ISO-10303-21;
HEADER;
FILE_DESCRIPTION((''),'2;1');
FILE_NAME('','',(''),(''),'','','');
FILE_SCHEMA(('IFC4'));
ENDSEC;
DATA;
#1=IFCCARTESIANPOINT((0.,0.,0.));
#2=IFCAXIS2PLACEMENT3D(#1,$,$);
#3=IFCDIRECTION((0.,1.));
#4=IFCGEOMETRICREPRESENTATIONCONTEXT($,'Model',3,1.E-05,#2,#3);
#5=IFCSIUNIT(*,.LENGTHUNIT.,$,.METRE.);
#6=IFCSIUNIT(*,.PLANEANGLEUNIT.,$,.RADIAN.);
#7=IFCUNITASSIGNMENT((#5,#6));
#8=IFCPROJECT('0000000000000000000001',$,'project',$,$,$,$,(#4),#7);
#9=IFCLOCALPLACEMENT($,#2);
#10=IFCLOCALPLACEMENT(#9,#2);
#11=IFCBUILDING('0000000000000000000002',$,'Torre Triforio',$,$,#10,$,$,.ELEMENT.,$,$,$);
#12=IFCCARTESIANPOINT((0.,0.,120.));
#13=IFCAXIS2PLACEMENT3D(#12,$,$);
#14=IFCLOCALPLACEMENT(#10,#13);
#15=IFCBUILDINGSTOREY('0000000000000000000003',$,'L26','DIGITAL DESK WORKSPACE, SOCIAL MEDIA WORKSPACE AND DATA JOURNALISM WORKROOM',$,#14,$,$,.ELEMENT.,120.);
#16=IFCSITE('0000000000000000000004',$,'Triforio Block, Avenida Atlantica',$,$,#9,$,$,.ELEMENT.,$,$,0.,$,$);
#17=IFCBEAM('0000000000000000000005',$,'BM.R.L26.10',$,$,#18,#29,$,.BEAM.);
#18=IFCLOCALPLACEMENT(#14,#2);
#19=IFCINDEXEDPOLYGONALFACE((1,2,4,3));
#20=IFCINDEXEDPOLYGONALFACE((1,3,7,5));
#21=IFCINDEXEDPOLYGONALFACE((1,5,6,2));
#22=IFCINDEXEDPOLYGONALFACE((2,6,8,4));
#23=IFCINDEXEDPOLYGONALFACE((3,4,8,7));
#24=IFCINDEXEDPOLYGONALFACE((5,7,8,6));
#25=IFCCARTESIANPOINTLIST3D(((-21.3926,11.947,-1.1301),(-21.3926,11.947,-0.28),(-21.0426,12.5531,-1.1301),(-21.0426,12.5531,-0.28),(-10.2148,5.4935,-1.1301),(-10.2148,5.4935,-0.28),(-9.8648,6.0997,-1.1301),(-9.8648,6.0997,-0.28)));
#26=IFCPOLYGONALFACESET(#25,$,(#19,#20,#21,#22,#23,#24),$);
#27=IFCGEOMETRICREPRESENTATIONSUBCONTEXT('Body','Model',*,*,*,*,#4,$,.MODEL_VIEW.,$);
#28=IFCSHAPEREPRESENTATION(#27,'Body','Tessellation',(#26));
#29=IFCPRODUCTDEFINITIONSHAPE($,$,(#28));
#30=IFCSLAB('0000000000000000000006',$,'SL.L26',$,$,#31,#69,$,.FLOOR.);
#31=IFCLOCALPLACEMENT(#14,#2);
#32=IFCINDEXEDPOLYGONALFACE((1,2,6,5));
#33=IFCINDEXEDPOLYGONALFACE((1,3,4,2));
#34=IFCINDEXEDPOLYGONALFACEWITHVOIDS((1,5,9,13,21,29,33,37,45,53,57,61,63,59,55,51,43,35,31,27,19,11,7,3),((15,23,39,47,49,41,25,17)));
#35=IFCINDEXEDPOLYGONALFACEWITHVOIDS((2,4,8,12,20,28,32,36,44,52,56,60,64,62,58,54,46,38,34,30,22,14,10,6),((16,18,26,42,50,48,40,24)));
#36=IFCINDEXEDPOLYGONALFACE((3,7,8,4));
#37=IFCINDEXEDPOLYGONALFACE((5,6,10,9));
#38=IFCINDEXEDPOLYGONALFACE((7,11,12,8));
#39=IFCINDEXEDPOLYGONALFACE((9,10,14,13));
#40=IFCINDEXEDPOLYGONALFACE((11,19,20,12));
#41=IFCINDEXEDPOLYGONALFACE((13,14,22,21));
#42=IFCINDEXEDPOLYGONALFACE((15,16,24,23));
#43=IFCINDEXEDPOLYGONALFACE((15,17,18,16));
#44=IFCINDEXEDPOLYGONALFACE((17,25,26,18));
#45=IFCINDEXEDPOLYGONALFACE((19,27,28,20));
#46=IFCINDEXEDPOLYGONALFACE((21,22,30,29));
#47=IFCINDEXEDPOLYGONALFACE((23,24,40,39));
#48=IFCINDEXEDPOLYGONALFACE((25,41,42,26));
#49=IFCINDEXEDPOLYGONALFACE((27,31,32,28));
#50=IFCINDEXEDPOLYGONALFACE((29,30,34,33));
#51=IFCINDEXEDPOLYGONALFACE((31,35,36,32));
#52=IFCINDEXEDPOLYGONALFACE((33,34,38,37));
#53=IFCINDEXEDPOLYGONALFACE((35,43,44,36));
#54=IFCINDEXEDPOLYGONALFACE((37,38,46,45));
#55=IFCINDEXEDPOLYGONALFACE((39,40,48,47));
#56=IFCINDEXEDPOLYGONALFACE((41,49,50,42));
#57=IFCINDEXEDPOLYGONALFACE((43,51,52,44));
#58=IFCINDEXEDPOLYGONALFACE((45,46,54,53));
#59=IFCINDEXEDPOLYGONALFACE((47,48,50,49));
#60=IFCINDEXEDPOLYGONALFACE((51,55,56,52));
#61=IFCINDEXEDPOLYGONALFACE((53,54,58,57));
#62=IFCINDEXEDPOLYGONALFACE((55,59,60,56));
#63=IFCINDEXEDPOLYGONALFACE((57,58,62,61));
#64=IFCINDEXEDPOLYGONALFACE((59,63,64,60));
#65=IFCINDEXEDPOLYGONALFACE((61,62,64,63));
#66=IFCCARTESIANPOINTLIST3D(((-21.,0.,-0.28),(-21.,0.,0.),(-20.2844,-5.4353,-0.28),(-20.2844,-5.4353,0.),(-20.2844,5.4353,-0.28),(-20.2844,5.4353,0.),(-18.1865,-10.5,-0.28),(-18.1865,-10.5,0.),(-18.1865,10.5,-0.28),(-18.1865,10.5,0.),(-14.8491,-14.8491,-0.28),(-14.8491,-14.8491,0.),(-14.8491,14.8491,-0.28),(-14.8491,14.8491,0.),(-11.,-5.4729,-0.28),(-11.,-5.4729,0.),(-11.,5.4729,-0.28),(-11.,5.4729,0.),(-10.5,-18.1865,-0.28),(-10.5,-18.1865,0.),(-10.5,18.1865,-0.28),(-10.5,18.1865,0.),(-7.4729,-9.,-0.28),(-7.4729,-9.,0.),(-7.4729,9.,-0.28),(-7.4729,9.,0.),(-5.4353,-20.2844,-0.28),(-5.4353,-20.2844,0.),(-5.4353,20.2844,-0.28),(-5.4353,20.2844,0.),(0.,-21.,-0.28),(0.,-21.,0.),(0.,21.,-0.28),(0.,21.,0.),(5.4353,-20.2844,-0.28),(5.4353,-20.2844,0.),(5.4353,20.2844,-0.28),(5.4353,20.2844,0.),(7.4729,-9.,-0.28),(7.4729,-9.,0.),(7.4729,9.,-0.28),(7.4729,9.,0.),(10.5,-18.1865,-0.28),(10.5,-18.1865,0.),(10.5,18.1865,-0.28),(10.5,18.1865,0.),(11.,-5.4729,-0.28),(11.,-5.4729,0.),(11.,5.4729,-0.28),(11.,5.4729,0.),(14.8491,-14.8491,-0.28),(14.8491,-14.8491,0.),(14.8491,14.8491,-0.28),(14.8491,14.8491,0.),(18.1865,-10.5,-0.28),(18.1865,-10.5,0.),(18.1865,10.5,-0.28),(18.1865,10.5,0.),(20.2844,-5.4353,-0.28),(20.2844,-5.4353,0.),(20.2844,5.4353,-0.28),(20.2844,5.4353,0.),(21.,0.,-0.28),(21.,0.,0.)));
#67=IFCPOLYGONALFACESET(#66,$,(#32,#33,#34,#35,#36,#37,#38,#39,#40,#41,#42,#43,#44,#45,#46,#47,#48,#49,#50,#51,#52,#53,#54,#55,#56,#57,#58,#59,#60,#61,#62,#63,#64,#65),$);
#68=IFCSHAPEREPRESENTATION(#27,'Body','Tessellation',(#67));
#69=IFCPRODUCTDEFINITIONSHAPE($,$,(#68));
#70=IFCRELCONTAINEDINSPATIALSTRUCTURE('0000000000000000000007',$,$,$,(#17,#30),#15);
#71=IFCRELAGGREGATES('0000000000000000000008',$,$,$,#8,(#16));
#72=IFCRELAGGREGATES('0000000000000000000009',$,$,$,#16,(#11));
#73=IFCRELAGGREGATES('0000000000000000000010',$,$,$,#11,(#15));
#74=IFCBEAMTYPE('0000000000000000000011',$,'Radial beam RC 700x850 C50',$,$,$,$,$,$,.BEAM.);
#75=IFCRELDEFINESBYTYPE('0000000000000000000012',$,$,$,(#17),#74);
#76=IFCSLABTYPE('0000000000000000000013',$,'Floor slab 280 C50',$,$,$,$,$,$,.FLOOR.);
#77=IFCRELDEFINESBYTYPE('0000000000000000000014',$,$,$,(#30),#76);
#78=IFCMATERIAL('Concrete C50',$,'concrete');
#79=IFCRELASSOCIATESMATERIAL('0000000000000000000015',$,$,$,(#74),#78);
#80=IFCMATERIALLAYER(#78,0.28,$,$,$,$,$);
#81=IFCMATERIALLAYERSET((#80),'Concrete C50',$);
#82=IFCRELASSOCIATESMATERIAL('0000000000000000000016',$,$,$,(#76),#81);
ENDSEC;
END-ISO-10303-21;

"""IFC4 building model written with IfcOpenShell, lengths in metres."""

from ifc_helpers import new_model, si_unit, direction, frame, origin, origin_2d, place, context, subcontext, project, spatial, polyline, rectangle, outline, extrude, material, layer, layer_set, material_profile, profile_set, type_object, element, save


model = new_model("IFC4")

# Units and contexts
model_context = context("Model", 3, precision=1e-05, world=origin(), true_north=direction((0.0, 1.0)))
body_context = subcontext(model_context, "Body", "Model", "MODEL_VIEW")
ifc_project = project(units=[si_unit("LENGTHUNIT", "METRE"), si_unit("PLANEANGLEUNIT", "RADIAN")], contexts=[model_context])

# Site, building, storey
site_placement = place(None, origin())
site = spatial("IfcSite", under=ifc_project, at=site_placement, Name="Triforio Block, Avenida Atlantica", CompositionType="ELEMENT", RefElevation=0.0)
building_placement = place(site_placement, origin())
building = spatial("IfcBuilding", under=site, at=building_placement, Name="Torre Triforio", CompositionType="ELEMENT")
storey_placement = place(building_placement, frame((0.0, 0.0, 120.0)))
storey = spatial("IfcBuildingStorey", under=building, at=storey_placement, Name="L26", Description="DIGITAL DESK WORKSPACE, SOCIAL MEDIA WORKSPACE AND DATA JOURNALISM WORKROOM", CompositionType="ELEMENT", Elevation=120.0)

# Beam
ifc_material_1 = material(Name="Concrete C50", Category="concrete")
ifc_material_profile = material_profile(ifc_material_1, rectangle(XDim=0.7, YDim=0.8501, at=origin_2d()), Name="RC 700x850")
ifc_profile_set = profile_set([ifc_material_profile], Name="Concrete C50")
beam_type = type_object("IfcBeamType", Name="Radial beam RC 700x850 C50", PredefinedType="BEAM", material=ifc_profile_set)
beam_placement = place(storey_placement, frame((-10.0398, 5.7966, -0.7051), z_axis=(-0.866029, 0.499994, 0.0), x_axis=(-0.499994, -0.866029, 0.0)))
element("IfcBeam", 1, at=beam_placement, inside=storey, type_object=beam_type, Name="BM.R.L26.10", PredefinedType="BEAM", context=body_context, shape_type="SweptSolid", body=[
    extrude(rectangle(XDim=0.7, YDim=0.8501, at=origin_2d()), origin(), (0.0, 0.0, 1.0), 12.907),
])

# Slab
ifc_layer_1 = layer(ifc_material_1, 0.28)
ifc_layer_set_1 = layer_set([ifc_layer_1], Name="Concrete C50")
slab_type_1 = type_object("IfcSlabType", Name="Floor slab 280 C50", PredefinedType="FLOOR", material=ifc_layer_set_1)
slab_1_placement = place(storey_placement, frame((0.0, 0.0, -0.28)))
element("IfcSlab", 2, at=slab_1_placement, inside=storey, type_object=slab_type_1, Name="SL.L26", PredefinedType="FLOOR", context=body_context, shape_type="SweptSolid", body=[
    extrude(outline(polyline([(18.1865, -10.5), (20.2844, -5.4353), (21.0, 0.0), (20.2844, 5.4353), (18.1865, 10.5), (14.8491, 14.8491), (10.5, 18.1865), (5.4353, 20.2844), (0.0, 21.0), (-5.4353, 20.2844), (-10.5, 18.1865), (-14.8491, 14.8491), (-18.1865, 10.5), (-20.2844, 5.4353), (-21.0, 0.0), (-20.2844, -5.4353), (-18.1865, -10.5), (-14.8491, -14.8491), (-10.5, -18.1865), (-5.4353, -20.2844), (0.0, -21.0), (5.4353, -20.2844), (10.5, -18.1865), (14.8491, -14.8491), (18.1865, -10.5)]), holes=[polyline([(11.0, 5.4729), (11.0, -5.4729), (7.4729, -9.0), (-7.4729, -9.0), (-11.0, -5.4729), (-11.0, 5.4729), (-7.4729, 9.0), (7.4729, 9.0), (11.0, 5.4729)])]), origin(), (0.0, 0.0, 1.0), 0.28),
])

save(model, "model.ifc")
